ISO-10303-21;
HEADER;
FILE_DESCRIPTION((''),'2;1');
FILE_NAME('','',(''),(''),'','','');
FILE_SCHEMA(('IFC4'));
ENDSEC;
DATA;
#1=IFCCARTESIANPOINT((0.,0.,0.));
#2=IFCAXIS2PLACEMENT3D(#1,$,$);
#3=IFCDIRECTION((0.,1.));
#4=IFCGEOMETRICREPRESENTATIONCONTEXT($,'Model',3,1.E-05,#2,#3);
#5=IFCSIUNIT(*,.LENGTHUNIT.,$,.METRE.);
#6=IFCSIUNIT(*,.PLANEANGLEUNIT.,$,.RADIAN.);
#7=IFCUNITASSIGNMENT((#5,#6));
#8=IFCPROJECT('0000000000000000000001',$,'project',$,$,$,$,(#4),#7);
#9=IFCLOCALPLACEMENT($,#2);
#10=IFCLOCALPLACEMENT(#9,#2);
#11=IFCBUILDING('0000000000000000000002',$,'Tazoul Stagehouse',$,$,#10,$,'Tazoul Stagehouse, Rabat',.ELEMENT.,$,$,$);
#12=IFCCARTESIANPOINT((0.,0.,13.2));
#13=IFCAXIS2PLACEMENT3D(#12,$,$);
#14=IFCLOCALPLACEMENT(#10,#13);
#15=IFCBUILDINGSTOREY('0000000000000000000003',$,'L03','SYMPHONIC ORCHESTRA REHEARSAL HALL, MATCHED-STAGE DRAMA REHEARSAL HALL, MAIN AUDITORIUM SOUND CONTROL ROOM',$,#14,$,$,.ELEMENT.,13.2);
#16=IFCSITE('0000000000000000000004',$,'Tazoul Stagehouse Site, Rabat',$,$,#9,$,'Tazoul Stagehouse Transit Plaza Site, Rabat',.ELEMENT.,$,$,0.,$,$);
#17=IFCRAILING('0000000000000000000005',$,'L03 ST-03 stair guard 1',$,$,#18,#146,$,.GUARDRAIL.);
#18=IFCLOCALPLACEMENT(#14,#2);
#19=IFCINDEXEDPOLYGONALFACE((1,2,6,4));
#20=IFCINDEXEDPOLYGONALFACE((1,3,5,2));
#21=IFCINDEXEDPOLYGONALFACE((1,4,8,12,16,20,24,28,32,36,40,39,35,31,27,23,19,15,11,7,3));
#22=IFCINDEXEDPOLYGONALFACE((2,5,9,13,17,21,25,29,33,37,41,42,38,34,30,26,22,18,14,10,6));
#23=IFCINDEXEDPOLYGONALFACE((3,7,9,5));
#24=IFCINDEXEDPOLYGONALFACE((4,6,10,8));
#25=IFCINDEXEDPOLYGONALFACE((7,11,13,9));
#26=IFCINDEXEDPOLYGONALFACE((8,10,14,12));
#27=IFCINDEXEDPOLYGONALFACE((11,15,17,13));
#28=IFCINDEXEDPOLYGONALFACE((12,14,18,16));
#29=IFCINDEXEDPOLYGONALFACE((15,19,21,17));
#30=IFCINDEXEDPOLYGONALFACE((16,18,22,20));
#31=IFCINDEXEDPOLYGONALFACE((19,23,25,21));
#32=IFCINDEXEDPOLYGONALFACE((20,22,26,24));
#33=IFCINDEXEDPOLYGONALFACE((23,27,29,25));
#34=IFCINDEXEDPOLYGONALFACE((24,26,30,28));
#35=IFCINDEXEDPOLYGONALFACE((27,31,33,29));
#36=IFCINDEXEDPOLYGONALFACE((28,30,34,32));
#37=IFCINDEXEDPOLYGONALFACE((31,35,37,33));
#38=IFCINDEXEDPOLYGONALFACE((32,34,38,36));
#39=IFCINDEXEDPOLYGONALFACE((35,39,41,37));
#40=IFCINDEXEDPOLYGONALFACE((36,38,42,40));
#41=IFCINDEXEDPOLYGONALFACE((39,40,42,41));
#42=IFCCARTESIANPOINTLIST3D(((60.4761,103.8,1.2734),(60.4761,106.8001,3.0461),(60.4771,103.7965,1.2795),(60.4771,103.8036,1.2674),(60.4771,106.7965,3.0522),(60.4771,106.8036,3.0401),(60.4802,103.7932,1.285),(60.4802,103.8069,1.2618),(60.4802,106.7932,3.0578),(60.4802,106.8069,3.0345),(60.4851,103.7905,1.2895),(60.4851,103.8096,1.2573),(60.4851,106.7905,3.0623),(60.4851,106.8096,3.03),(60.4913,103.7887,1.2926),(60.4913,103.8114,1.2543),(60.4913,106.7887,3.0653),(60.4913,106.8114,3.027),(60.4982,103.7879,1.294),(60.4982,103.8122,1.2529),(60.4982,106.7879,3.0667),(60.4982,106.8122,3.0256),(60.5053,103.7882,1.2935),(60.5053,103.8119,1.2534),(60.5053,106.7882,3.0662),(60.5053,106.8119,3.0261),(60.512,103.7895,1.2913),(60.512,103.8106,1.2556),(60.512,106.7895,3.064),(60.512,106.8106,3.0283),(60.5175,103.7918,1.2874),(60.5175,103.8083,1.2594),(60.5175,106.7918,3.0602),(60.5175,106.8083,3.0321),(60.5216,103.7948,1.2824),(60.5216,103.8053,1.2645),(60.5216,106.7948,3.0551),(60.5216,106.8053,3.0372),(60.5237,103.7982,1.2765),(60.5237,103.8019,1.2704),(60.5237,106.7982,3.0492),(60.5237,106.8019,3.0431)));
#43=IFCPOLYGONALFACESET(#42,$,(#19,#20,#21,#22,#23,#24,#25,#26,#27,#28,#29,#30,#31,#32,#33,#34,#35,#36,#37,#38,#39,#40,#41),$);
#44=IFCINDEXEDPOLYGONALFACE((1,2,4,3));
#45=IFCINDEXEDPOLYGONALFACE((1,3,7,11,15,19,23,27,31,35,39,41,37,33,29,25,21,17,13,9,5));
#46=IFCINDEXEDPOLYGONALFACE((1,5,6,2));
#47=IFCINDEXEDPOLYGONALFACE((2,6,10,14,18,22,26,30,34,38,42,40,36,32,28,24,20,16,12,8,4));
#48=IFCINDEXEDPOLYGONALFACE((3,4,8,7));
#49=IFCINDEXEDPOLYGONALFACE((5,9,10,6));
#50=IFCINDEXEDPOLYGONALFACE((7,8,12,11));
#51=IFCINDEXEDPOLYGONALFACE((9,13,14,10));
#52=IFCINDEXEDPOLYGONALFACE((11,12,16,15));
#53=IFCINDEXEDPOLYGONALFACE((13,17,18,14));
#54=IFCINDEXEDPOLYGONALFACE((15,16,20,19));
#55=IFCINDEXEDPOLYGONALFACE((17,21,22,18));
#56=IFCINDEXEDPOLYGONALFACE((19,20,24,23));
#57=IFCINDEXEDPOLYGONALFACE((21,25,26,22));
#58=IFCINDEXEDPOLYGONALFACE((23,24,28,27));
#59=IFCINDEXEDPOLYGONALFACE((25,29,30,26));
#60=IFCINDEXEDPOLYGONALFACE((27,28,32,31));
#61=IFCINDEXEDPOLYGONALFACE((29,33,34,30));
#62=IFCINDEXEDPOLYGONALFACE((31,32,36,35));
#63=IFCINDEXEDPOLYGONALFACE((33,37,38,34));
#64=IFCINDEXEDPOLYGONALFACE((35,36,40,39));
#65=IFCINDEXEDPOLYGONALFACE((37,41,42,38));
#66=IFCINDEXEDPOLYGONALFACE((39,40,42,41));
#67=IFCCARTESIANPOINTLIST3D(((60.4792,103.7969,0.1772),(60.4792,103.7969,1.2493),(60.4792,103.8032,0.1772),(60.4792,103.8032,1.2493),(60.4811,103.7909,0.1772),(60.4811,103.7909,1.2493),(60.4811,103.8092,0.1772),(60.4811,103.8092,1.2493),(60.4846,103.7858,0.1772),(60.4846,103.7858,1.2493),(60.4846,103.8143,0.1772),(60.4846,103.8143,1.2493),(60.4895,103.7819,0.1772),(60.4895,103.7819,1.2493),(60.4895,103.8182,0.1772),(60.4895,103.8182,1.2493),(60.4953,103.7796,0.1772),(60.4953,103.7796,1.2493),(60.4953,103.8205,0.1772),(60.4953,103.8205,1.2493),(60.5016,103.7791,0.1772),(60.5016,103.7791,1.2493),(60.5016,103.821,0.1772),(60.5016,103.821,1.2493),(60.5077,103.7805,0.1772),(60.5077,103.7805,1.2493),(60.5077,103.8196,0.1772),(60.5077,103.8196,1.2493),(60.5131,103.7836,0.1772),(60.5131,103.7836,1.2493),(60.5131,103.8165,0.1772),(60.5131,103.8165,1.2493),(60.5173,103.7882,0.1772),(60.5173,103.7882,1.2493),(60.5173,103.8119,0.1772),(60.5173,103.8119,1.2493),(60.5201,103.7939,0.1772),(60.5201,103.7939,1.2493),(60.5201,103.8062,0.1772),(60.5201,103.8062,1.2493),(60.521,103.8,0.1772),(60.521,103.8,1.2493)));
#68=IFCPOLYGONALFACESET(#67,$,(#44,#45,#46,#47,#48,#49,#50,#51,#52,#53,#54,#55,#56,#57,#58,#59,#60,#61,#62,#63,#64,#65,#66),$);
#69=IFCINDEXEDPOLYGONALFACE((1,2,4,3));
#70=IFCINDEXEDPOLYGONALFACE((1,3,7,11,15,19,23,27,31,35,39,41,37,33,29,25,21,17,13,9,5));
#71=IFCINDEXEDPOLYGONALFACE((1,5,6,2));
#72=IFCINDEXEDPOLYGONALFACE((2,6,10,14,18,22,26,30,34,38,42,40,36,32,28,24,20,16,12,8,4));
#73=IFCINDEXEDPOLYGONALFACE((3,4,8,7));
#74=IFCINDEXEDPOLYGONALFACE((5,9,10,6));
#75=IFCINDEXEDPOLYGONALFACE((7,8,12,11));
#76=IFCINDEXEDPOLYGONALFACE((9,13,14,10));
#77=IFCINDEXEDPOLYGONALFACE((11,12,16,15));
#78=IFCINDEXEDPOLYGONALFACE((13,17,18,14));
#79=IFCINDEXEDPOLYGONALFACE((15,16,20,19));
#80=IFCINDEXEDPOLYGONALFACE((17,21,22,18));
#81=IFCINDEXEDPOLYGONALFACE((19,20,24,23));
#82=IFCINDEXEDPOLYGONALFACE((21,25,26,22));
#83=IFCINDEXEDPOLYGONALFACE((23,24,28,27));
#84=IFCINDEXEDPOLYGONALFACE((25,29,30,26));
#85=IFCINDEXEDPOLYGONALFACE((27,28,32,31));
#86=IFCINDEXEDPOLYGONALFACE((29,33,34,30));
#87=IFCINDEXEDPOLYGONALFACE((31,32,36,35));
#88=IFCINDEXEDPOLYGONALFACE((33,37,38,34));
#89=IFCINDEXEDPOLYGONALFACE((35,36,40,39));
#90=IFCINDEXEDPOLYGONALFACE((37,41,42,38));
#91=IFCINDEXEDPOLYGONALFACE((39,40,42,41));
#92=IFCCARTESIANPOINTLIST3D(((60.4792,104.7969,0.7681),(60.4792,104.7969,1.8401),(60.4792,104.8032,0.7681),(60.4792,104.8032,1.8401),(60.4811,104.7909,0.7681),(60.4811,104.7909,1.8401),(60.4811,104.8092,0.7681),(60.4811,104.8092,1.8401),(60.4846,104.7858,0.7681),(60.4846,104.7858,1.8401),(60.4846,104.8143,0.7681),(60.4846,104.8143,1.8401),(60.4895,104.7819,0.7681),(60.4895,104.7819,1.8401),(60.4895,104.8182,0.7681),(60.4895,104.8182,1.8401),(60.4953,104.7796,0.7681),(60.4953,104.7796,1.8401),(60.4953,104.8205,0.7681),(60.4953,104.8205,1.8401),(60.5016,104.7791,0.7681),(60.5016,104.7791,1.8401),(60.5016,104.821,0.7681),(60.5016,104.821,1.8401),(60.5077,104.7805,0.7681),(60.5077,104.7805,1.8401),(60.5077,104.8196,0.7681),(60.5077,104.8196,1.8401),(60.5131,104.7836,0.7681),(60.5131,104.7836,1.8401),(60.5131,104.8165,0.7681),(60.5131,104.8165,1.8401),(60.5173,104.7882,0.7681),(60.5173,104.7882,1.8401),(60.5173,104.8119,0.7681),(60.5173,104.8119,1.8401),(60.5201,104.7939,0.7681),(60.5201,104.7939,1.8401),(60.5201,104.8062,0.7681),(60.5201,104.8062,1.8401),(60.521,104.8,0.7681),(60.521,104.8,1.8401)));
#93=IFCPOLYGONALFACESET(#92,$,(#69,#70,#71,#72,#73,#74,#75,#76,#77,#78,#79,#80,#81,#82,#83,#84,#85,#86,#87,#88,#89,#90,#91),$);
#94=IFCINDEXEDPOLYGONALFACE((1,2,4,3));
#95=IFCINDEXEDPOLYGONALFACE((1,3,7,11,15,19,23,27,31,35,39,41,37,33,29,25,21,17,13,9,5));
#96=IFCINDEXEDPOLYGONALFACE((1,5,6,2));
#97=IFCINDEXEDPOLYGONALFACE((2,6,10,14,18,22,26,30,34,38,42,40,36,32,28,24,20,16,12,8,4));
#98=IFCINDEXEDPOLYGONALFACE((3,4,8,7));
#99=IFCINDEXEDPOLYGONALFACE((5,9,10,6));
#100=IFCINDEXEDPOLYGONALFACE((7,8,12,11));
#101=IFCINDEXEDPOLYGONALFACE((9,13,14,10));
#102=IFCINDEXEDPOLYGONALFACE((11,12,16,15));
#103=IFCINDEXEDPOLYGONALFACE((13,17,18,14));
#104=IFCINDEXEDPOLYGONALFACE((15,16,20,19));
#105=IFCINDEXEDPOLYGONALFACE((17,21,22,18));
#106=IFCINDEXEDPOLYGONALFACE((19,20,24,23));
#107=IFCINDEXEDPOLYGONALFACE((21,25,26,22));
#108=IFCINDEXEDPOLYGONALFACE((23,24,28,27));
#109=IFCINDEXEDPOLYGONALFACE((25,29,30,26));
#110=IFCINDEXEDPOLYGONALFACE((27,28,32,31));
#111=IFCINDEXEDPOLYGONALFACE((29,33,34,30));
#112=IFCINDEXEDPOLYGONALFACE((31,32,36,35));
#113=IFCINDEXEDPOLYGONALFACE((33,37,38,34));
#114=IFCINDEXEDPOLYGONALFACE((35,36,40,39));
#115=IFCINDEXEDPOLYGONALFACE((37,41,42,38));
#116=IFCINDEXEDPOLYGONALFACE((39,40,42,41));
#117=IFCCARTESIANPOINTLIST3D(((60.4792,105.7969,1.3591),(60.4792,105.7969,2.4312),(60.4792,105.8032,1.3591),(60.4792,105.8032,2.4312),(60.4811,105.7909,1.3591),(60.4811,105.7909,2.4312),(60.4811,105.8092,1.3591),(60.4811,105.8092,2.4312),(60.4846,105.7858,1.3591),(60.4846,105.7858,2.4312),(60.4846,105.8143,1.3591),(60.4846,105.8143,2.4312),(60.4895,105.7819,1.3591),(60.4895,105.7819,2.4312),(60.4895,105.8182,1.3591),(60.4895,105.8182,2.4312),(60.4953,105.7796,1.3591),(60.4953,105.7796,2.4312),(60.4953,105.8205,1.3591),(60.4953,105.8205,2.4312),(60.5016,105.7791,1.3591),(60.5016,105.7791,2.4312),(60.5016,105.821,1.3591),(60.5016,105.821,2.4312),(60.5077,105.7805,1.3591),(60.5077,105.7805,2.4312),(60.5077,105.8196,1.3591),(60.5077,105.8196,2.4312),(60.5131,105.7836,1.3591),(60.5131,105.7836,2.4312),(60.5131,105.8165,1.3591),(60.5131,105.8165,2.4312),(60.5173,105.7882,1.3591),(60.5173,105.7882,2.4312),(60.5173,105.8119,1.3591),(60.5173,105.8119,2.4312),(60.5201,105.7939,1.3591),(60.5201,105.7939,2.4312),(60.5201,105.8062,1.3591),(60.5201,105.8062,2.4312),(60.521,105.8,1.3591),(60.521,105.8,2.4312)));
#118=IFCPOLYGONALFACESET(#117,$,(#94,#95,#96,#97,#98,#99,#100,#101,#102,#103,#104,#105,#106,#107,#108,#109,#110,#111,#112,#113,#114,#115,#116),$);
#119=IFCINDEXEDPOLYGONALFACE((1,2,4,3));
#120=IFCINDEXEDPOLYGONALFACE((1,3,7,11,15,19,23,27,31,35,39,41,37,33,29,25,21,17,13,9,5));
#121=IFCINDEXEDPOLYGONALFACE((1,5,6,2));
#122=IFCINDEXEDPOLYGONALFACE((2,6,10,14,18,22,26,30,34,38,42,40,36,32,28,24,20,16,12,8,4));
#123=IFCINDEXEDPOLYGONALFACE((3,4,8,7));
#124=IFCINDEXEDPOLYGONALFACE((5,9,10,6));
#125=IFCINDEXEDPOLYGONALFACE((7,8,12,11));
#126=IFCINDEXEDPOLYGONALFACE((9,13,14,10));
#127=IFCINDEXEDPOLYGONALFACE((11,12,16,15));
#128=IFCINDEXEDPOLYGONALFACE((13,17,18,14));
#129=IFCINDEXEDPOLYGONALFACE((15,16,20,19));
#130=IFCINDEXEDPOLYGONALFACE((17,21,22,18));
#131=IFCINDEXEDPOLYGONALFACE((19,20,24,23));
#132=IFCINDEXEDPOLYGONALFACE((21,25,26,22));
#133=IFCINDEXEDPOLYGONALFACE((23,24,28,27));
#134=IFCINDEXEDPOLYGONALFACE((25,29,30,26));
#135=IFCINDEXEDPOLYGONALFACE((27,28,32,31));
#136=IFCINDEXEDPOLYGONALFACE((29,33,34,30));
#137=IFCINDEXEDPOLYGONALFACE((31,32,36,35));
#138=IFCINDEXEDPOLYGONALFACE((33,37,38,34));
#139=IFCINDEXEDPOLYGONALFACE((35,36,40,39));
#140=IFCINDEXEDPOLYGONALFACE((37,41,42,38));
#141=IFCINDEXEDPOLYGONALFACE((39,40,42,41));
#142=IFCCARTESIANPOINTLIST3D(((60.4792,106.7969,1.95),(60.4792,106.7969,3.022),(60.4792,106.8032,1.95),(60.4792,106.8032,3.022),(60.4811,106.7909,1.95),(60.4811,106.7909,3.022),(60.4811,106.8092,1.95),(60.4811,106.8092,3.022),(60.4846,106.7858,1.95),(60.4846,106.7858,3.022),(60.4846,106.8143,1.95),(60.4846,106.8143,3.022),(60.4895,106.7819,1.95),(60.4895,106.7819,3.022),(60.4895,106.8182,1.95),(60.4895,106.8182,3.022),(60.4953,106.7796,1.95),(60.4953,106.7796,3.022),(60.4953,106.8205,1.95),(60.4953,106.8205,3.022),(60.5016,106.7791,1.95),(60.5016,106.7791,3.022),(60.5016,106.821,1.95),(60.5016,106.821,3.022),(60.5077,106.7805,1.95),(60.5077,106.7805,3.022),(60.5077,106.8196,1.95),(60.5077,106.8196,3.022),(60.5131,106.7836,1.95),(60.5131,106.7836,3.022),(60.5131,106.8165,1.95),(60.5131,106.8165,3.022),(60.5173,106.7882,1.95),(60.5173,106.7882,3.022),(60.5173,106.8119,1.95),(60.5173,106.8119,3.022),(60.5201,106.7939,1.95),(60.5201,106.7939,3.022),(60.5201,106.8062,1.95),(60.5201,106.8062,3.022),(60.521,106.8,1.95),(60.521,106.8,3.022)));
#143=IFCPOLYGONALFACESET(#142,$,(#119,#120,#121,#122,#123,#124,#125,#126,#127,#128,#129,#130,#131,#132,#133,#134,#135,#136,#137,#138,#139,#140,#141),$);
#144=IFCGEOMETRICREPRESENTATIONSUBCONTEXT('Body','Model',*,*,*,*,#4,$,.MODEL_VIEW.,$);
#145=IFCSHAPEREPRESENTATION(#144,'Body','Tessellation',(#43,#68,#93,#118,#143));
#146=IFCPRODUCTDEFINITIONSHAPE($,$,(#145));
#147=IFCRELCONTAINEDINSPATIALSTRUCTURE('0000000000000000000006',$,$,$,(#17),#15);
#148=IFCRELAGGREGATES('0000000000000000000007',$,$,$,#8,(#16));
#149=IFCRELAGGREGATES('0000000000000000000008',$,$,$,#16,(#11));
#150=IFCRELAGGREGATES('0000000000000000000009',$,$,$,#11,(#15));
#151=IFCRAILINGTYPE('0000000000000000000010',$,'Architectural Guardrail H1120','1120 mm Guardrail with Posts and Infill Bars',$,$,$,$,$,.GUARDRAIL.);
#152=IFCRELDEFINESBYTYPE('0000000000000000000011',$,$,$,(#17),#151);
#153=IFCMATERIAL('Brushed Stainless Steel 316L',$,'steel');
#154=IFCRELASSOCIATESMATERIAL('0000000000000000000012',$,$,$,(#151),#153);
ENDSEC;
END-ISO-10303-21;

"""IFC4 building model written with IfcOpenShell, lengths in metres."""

from ifc_helpers import new_model, si_unit, direction, frame, origin, origin_2d, place, context, subcontext, project, spatial, circle, extrude, material, material_profile, profile_set, type_object, element, save


model = new_model("IFC4")

# Units and contexts
model_context = context("Model", 3, precision=1e-05, world=origin(), true_north=direction((0.0, 1.0)))
body_context = subcontext(model_context, "Body", "Model", "MODEL_VIEW")
ifc_project = project(units=[si_unit("LENGTHUNIT", "METRE"), si_unit("PLANEANGLEUNIT", "RADIAN")], contexts=[model_context])

# Site, building, storey
site_placement = place(None, origin())
site = spatial("IfcSite", under=ifc_project, at=site_placement, Name="Tazoul Stagehouse Site, Rabat", LongName="Tazoul Stagehouse Transit Plaza Site, Rabat", CompositionType="ELEMENT", RefElevation=0.0)
building_placement = place(site_placement, origin())
building = spatial("IfcBuilding", under=site, at=building_placement, Name="Tazoul Stagehouse", LongName="Tazoul Stagehouse, Rabat", CompositionType="ELEMENT")
storey_placement = place(building_placement, frame((0.0, 0.0, 13.2)))
storey = spatial("IfcBuildingStorey", under=building, at=storey_placement, Name="L03", Description="SYMPHONIC ORCHESTRA REHEARSAL HALL, MATCHED-STAGE DRAMA REHEARSAL HALL, MAIN AUDITORIUM SOUND CONTROL ROOM", CompositionType="ELEMENT", Elevation=13.2)

# Railing
ifc_material_1 = material(Name="Brushed Stainless Steel 316L", Category="steel")
ifc_material_profile_1 = material_profile(ifc_material_1, circle(Radius=0.0239, at=origin_2d()), Name="SS RAIL D48")
ifc_profile_set_1 = profile_set([ifc_material_profile_1], Name="Brushed Stainless Steel 316L")
railing_type_1 = type_object("IfcRailingType", Name="Architectural Guardrail H1120", Description="1120 mm Guardrail with Posts and Infill Bars", PredefinedType="GUARDRAIL", material=ifc_profile_set_1)
railing_1_placement = place(storey_placement, frame((60.5, 103.8, 0.1772)))
element("IfcRailing", 1, at=railing_1_placement, inside=storey, type_object=railing_type_1, Name="L03 ST-03 stair guard 1", PredefinedType="GUARDRAIL", context=body_context, shape_type="SweptSolid", body=[
    extrude(circle(Radius=0.0239, at=origin_2d()), frame((0.0, 0.0, 1.0962), z_axis=(0.0, 0.860929, 0.508725), x_axis=(-1.0, 0.0, 0.0)), (0.0, 0.0, 1.0), 3.4846),
    extrude(circle(Radius=0.021, at=origin_2d()), origin(), (0.0, 0.0, 1.0), 1.072),
    extrude(circle(Radius=0.021, at=origin_2d()), frame((0.0, 1.0, 0.5908)), (0.0, 0.0, 1.0), 1.072),
    extrude(circle(Radius=0.021, at=origin_2d()), frame((0.0, 2.0, 1.1819)), (0.0, 0.0, 1.0), 1.072),
    extrude(circle(Radius=0.021, at=origin_2d()), frame((0.0, 3.0, 1.7727)), (0.0, 0.0, 1.0), 1.072),
])

save(model, "model.ifc")
